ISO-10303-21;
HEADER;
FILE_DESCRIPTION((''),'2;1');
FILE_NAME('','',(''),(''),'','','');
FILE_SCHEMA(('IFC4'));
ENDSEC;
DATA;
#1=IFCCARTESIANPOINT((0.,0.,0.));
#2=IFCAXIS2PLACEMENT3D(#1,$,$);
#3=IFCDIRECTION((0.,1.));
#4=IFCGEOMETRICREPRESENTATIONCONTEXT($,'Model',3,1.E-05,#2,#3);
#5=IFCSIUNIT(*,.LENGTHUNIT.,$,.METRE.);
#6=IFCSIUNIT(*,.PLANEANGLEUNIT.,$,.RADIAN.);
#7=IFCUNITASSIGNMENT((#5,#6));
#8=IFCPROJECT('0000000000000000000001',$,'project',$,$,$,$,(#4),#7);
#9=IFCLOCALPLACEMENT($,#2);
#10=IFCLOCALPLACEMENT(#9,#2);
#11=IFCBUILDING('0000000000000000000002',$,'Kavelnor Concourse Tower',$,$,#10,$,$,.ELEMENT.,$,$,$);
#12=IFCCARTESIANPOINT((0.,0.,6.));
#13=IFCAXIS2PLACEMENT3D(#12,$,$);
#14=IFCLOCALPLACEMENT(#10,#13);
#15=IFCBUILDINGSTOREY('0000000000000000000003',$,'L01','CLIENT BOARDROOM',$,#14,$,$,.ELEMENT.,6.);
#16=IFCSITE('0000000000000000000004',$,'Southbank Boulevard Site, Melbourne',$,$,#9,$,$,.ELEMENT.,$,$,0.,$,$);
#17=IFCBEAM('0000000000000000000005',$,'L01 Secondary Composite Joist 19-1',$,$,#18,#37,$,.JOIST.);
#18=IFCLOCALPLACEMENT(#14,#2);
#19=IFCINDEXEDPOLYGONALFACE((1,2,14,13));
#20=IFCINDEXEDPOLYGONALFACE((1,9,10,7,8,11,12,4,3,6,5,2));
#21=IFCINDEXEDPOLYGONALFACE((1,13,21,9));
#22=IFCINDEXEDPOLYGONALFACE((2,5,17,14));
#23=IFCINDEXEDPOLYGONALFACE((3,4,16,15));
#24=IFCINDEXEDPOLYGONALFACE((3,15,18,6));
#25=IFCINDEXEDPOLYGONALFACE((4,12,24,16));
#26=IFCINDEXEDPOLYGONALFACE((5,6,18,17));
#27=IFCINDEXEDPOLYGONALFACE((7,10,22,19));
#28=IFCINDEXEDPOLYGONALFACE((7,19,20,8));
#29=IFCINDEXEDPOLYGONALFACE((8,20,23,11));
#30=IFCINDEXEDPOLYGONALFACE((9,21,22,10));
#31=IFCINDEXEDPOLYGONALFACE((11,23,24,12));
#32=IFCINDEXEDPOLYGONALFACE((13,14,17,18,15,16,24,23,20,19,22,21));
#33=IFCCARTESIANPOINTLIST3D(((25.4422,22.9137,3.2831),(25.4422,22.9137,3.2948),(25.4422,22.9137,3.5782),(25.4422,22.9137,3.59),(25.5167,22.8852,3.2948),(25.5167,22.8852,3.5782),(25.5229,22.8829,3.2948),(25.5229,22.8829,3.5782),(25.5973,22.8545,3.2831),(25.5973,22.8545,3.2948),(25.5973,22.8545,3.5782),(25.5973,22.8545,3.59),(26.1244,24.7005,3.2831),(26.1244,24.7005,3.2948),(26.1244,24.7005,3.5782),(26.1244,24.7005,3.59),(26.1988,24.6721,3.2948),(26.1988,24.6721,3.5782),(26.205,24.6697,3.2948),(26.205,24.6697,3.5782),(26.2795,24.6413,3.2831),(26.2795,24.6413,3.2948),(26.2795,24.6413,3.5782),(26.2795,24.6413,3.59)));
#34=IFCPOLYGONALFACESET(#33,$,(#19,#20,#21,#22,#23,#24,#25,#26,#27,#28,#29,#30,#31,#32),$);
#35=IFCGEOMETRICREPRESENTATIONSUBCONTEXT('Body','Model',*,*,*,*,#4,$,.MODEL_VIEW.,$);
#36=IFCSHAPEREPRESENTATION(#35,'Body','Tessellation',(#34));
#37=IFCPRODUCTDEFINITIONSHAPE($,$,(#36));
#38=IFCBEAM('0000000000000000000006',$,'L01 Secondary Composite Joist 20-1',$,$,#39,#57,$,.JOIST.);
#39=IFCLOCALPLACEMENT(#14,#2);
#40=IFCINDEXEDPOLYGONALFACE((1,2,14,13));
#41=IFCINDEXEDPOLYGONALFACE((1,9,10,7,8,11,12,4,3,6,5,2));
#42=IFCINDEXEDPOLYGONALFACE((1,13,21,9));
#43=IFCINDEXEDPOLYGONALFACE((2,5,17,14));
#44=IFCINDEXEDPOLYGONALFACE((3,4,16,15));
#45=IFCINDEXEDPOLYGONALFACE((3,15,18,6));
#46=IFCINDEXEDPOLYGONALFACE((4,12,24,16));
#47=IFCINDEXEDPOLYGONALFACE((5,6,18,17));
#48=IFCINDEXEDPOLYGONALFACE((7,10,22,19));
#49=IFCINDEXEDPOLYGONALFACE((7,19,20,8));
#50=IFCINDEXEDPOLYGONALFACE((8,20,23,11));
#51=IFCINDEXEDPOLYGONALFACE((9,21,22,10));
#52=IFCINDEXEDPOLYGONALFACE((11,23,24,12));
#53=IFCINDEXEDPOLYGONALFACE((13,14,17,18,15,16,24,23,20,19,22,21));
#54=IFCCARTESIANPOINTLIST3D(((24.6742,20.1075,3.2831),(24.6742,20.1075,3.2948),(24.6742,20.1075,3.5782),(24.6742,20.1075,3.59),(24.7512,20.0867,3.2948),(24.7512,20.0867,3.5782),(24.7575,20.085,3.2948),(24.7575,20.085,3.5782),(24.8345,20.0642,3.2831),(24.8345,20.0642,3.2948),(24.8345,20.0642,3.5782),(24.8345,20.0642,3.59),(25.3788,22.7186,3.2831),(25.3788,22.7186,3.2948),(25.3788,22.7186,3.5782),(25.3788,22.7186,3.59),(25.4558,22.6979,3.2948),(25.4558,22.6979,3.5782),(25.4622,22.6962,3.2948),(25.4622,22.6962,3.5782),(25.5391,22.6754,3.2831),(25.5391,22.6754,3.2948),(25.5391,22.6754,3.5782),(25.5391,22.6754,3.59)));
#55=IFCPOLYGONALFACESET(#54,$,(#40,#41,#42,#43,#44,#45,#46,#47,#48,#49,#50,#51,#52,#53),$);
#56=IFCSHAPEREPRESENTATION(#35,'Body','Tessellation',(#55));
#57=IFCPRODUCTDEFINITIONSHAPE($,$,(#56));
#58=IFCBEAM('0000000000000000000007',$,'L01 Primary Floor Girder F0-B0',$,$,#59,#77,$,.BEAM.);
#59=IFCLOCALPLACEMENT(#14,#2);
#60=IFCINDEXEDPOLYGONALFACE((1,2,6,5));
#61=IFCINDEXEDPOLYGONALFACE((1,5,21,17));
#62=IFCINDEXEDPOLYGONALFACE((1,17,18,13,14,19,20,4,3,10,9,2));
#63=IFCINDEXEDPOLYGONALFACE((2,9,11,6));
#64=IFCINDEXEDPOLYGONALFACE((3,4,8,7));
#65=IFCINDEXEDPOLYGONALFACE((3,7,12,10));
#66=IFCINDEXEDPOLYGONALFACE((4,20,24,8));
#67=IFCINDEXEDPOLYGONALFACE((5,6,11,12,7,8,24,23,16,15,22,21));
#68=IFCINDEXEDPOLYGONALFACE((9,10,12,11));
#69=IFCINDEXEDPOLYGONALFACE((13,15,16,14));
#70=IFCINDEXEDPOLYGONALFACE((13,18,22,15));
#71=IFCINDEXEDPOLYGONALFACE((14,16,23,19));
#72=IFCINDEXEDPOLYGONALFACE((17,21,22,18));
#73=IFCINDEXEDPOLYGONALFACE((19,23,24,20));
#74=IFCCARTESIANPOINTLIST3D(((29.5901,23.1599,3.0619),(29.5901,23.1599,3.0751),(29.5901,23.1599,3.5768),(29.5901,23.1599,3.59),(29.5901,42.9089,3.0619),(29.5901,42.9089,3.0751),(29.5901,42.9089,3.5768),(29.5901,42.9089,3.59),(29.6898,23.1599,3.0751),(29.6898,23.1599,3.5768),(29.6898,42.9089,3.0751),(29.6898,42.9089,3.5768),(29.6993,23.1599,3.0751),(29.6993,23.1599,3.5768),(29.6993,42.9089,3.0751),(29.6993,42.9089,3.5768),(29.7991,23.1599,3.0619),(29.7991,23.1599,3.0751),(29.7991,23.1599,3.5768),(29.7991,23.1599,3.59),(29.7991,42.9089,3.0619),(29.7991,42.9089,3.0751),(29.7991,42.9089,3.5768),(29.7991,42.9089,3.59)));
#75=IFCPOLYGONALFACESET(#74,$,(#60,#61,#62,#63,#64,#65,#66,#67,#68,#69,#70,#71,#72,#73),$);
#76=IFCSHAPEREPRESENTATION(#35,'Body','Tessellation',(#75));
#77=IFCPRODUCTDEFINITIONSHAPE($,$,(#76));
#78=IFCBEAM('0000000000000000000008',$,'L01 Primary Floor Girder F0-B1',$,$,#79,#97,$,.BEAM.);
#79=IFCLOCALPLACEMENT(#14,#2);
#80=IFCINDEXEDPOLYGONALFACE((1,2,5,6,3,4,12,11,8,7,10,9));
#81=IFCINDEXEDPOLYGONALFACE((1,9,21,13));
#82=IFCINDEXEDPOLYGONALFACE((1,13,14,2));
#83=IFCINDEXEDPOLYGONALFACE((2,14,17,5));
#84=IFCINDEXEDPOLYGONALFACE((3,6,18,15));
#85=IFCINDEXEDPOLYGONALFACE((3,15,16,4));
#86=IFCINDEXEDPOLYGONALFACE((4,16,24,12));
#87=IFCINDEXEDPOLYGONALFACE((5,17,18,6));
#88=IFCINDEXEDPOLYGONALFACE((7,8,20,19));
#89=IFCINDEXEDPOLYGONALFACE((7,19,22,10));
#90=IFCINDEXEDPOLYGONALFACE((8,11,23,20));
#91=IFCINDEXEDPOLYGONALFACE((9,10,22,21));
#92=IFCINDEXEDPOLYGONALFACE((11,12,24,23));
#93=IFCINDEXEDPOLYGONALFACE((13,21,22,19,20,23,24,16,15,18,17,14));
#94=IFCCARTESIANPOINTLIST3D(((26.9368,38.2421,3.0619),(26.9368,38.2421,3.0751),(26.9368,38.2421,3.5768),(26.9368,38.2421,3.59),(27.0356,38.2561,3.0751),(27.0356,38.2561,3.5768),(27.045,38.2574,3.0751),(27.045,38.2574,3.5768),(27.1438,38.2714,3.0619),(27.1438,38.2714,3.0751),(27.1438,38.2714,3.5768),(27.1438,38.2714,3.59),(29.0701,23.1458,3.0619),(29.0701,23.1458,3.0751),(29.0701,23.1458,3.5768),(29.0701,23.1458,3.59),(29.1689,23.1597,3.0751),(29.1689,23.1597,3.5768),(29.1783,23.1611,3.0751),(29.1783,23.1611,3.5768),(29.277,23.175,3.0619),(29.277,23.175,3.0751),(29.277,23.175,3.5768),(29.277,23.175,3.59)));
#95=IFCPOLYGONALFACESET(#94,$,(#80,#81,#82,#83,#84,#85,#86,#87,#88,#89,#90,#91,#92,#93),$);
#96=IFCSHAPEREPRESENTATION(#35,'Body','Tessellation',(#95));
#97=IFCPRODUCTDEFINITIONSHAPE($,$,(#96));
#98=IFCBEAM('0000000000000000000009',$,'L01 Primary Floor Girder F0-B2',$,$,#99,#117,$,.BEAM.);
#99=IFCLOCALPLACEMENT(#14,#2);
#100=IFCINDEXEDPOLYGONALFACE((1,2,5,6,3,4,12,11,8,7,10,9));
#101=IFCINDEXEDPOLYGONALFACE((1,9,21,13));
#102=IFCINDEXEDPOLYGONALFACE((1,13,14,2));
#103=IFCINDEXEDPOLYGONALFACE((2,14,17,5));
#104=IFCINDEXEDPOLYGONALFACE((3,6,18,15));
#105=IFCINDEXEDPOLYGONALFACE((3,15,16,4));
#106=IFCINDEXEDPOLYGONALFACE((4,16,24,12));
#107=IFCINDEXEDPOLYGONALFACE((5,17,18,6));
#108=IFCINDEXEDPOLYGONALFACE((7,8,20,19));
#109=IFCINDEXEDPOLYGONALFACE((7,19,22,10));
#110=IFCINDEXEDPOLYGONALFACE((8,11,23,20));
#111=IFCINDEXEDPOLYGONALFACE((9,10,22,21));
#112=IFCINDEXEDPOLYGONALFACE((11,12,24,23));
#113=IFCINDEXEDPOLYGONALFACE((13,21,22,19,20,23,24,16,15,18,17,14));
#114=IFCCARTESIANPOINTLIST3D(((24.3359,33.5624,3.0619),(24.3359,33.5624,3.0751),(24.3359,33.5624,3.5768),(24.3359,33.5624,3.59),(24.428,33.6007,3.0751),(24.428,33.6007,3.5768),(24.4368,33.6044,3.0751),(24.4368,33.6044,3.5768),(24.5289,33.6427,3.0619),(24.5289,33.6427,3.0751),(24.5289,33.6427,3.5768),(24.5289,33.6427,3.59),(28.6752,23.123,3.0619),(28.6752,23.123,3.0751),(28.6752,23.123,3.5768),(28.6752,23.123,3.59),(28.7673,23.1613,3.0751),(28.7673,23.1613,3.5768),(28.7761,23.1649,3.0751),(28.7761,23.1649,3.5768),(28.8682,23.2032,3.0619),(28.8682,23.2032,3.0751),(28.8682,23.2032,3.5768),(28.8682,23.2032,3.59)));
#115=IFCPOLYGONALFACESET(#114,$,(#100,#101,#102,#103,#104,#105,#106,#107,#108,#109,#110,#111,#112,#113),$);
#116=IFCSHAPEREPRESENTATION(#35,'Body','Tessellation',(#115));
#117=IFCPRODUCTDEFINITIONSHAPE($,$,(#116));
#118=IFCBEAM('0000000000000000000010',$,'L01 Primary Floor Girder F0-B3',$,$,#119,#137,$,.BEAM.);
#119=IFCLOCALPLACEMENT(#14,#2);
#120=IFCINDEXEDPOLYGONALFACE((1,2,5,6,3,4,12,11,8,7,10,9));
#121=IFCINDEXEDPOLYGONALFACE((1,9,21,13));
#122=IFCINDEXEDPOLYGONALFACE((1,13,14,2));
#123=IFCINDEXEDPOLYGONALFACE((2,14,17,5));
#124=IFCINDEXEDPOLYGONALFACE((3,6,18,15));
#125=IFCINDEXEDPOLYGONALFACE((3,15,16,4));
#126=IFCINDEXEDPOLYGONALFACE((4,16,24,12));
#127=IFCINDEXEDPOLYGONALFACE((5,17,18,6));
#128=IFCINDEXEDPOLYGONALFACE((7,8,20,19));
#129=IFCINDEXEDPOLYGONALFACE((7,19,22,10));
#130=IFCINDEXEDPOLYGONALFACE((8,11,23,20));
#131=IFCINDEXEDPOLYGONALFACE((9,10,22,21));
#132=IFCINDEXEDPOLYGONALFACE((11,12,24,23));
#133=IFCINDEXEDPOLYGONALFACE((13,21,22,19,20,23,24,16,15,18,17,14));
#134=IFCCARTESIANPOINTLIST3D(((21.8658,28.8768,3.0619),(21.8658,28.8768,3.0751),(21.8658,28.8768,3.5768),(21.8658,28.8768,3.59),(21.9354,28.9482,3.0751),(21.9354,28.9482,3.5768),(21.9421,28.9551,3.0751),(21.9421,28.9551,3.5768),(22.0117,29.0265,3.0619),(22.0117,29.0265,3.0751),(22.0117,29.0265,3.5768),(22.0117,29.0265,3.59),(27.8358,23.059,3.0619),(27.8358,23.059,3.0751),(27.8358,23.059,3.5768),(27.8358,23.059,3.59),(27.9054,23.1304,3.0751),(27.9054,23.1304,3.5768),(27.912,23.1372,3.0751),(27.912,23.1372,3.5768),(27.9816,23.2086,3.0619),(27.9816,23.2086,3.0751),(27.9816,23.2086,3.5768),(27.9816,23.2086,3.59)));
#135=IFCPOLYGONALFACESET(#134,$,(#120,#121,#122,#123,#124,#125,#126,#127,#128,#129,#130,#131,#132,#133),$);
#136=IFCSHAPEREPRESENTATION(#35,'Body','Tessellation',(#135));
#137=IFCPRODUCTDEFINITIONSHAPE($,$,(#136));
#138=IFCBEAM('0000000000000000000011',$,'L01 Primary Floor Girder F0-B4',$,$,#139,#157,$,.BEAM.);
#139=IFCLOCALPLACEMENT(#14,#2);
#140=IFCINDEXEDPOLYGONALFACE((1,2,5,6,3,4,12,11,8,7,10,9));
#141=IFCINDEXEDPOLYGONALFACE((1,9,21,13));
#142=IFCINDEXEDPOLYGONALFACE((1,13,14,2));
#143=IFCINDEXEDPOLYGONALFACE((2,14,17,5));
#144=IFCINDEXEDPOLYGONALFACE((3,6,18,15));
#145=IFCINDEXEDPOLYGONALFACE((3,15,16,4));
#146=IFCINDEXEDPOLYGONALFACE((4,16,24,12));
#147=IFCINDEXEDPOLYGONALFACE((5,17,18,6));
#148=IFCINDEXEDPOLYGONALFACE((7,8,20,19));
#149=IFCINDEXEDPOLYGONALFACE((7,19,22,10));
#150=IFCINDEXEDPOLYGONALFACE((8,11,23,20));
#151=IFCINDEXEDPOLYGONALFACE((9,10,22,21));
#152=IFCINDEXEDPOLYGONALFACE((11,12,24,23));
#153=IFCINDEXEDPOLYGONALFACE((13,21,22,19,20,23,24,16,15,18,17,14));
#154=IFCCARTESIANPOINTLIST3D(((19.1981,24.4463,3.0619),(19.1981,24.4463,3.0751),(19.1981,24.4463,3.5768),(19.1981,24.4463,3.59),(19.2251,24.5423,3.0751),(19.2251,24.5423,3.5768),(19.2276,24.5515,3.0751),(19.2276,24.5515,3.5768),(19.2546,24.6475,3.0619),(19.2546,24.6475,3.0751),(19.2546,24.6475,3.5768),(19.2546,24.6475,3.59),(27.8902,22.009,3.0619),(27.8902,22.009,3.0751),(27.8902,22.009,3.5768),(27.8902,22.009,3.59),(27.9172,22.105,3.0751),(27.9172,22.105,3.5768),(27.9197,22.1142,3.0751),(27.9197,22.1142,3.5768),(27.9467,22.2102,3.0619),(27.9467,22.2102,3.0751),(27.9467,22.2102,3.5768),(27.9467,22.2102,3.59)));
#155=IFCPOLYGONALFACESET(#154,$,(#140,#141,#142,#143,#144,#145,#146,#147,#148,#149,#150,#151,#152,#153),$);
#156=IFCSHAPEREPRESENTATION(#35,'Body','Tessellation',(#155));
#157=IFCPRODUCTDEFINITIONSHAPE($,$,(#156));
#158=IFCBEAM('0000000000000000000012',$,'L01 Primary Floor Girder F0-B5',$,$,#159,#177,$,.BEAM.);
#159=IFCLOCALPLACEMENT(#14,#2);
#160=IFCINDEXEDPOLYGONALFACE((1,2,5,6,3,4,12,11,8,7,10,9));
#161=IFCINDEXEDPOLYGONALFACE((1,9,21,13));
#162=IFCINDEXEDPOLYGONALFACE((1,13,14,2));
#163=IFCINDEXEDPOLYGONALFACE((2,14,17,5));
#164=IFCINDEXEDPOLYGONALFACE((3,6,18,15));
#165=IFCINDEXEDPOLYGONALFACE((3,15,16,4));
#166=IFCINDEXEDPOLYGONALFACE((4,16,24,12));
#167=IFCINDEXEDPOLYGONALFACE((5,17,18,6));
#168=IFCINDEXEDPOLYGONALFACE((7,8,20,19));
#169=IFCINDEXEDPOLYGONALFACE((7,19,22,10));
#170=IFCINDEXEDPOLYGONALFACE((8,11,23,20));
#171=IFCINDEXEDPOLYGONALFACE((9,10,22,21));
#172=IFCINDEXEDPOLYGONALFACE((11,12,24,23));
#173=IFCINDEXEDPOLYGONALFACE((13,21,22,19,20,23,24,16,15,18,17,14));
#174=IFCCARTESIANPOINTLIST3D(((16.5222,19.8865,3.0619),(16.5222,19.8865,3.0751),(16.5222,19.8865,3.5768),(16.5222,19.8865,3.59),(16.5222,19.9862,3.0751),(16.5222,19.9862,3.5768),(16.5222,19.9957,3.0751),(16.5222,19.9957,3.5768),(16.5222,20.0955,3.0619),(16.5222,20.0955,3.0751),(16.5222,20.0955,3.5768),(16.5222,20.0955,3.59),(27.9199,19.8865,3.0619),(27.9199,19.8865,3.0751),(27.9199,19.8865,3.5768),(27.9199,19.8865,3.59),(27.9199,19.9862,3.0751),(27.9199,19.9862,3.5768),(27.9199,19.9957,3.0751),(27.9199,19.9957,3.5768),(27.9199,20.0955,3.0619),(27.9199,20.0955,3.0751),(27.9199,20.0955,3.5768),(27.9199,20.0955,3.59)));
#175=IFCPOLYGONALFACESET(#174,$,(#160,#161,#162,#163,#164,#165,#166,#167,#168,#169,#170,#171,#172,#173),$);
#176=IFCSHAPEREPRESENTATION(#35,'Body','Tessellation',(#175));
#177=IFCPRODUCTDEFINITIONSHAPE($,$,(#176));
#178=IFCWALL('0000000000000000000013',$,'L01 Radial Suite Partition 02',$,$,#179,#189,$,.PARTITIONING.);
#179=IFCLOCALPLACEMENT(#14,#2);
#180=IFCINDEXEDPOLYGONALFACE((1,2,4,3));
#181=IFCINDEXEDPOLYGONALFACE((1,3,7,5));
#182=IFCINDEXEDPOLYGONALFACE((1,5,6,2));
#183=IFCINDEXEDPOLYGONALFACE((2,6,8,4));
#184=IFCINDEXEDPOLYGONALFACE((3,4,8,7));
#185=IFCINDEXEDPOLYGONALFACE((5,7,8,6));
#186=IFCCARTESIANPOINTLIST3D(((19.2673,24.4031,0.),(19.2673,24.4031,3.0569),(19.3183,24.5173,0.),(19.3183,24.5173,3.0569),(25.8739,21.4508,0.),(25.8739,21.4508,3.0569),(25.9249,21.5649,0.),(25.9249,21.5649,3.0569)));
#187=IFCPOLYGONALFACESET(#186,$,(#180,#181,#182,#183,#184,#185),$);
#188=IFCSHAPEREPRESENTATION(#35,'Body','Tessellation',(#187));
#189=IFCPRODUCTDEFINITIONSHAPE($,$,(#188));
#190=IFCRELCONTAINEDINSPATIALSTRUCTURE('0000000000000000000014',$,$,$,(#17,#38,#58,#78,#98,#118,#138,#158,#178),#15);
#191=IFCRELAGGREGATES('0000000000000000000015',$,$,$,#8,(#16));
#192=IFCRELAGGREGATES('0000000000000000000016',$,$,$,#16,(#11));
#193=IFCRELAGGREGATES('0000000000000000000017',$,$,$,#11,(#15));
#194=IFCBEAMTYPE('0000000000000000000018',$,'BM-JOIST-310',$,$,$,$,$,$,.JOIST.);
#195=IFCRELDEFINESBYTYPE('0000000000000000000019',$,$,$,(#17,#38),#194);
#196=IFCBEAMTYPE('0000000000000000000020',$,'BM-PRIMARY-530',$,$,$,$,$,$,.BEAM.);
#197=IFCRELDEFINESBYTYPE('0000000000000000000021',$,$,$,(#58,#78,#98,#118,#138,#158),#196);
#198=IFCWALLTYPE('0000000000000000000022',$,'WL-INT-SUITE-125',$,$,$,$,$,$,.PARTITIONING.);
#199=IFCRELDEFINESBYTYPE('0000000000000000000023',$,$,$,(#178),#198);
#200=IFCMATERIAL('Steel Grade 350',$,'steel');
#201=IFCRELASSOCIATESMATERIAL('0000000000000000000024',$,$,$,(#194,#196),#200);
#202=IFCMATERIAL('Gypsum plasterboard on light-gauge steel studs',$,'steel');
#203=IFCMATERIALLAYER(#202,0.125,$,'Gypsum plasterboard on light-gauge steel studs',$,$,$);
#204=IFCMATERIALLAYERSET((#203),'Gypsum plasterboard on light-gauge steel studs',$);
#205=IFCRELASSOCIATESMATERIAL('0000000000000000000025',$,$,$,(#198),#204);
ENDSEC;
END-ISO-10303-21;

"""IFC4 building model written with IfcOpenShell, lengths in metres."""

from ifc_helpers import new_model, si_unit, direction, frame, frame_2d, origin, origin_2d, place, context, subcontext, project, spatial, rectangle, i_section, extrude, material, layer, layer_set, material_profile, profile_set, type_object, element, save


model = new_model("IFC4")

# Units and contexts
model_context = context("Model", 3, precision=1e-05, world=origin(), true_north=direction((0.0, 1.0)))
body_context = subcontext(model_context, "Body", "Model", "MODEL_VIEW")
ifc_project = project(units=[si_unit("LENGTHUNIT", "METRE"), si_unit("PLANEANGLEUNIT", "RADIAN")], contexts=[model_context])

# Site, building, storey
site_placement = place(None, origin())
site = spatial("IfcSite", under=ifc_project, at=site_placement, Name="Southbank Boulevard Site, Melbourne", CompositionType="ELEMENT", RefElevation=0.0)
building_placement = place(site_placement, origin())
building = spatial("IfcBuilding", under=site, at=building_placement, Name="Kavelnor Concourse Tower", CompositionType="ELEMENT")
storey_placement = place(building_placement, frame((0.0, 0.0, 6.0)))
storey = spatial("IfcBuildingStorey", under=building, at=storey_placement, Name="L01", Description="CLIENT BOARDROOM", CompositionType="ELEMENT", Elevation=6.0)

# Beams
ifc_material_1 = material(Name="Steel Grade 350", Category="steel")
ifc_material_profile_1 = material_profile(ifc_material_1, i_section(OverallWidth=0.166, OverallDepth=0.3069, WebThickness=0.0066, FlangeThickness=0.0117, at=origin_2d()), Name="310UB46")
ifc_profile_set_1 = profile_set([ifc_material_profile_1], Name="Steel Grade 350")
beam_type_1 = type_object("IfcBeamType", Name="BM-JOIST-310", PredefinedType="JOIST", material=ifc_profile_set_1)
beam_1_placement = place(storey_placement, frame((26.2019, 24.6709, 3.4365), z_axis=(-0.356643, -0.934241, 0.0), x_axis=(0.934241, -0.356643, 0.0)))
element("IfcBeam", 1, at=beam_1_placement, inside=storey, type_object=beam_type_1, Name="L01 Secondary Composite Joist 19-1", PredefinedType="JOIST", context=body_context, shape_type="SweptSolid", body=[
    extrude(i_section(OverallWidth=0.166, OverallDepth=0.3069, WebThickness=0.0066, FlangeThickness=0.0117, at=origin_2d()), origin(), (0.0, 0.0, 1.0), 1.9126),
])
beam_2_placement = place(storey_placement, frame((25.459, 22.697, 3.4365), z_axis=(-0.260527, -0.965467, 0.0), x_axis=(0.965467, -0.260527, 0.0)))
element("IfcBeam", 2, at=beam_2_placement, inside=storey, type_object=beam_type_1, Name="L01 Secondary Composite Joist 20-1", PredefinedType="JOIST", context=body_context, shape_type="SweptSolid", body=[
    extrude(i_section(OverallWidth=0.166, OverallDepth=0.3069, WebThickness=0.0066, FlangeThickness=0.0117, at=origin_2d()), origin(), (0.0, 0.0, 1.0), 2.7046),
])
ifc_material_profile_2 = material_profile(ifc_material_1, i_section(OverallWidth=0.209, OverallDepth=0.5281, WebThickness=0.0095, FlangeThickness=0.0132, at=origin_2d()), Name="530UB82")
ifc_profile_set_2 = profile_set([ifc_material_profile_2], Name="Steel Grade 350")
beam_type_2 = type_object("IfcBeamType", Name="BM-PRIMARY-530", PredefinedType="BEAM", material=ifc_profile_set_2)
beam_3_placement = place(storey_placement, frame((29.6946, 23.1599, 3.3259), z_axis=(0.0, 1.0, 0.0), x_axis=(-1.0, 0.0, 0.0)))
element("IfcBeam", 3, at=beam_3_placement, inside=storey, type_object=beam_type_2, Name="L01 Primary Floor Girder F0-B0", PredefinedType="BEAM", context=body_context, shape_type="SweptSolid", body=[
    extrude(i_section(OverallWidth=0.209, OverallDepth=0.5281, WebThickness=0.0095, FlangeThickness=0.0132, at=origin_2d()), origin(), (0.0, 0.0, 1.0), 19.749),
])
beam_4_placement = place(storey_placement, frame((29.1736, 23.1604, 3.3259), z_axis=(-0.139921, 0.990163, 0.0), x_axis=(-0.990163, -0.139921, 0.0)))
element("IfcBeam", 4, at=beam_4_placement, inside=storey, type_object=beam_type_2, Name="L01 Primary Floor Girder F0-B1", PredefinedType="BEAM", context=body_context, shape_type="SweptSolid", body=[
    extrude(i_section(OverallWidth=0.209, OverallDepth=0.5281, WebThickness=0.0095, FlangeThickness=0.0132, at=origin_2d()), origin(), (0.0, 0.0, 1.0), 15.2463),
])
beam_5_placement = place(storey_placement, frame((28.7717, 23.1631, 3.3259), z_axis=(-0.38383, 0.923404, 0.0), x_axis=(-0.923404, -0.38383, 0.0)))
element("IfcBeam", 5, at=beam_5_placement, inside=storey, type_object=beam_type_2, Name="L01 Primary Floor Girder F0-B2", PredefinedType="BEAM", context=body_context, shape_type="SweptSolid", body=[
    extrude(i_section(OverallWidth=0.209, OverallDepth=0.5281, WebThickness=0.0095, FlangeThickness=0.0132, at=origin_2d()), origin(), (0.0, 0.0, 1.0), 11.3054),
])
beam_6_placement = place(storey_placement, frame((27.9087, 23.1338, 3.3259), z_axis=(-0.716171, 0.697925, 0.0), x_axis=(-0.697925, -0.716171, 0.0)))
element("IfcBeam", 6, at=beam_6_placement, inside=storey, type_object=beam_type_2, Name="L01 Primary Floor Girder F0-B3", PredefinedType="BEAM", context=body_context, shape_type="SweptSolid", body=[
    extrude(i_section(OverallWidth=0.209, OverallDepth=0.5281, WebThickness=0.0095, FlangeThickness=0.0132, at=origin_2d()), origin(), (0.0, 0.0, 1.0), 8.3359),
])
beam_7_placement = place(storey_placement, frame((27.9185, 22.1096, 3.3259), z_axis=(-0.962865, 0.269985, 0.0), x_axis=(-0.269985, -0.962865, 0.0)))
element("IfcBeam", 7, at=beam_7_placement, inside=storey, type_object=beam_type_2, Name="L01 Primary Floor Girder F0-B4", PredefinedType="BEAM", context=body_context, shape_type="SweptSolid", body=[
    extrude(i_section(OverallWidth=0.209, OverallDepth=0.5281, WebThickness=0.0095, FlangeThickness=0.0132, at=origin_2d()), origin(), (0.0, 0.0, 1.0), 9.0273),
])
beam_8_placement = place(storey_placement, frame((27.9199, 19.991, 3.3259), z_axis=(-1.0, 0.0, 0.0), x_axis=(0.0, -1.0, 0.0)))
element("IfcBeam", 8, at=beam_8_placement, inside=storey, type_object=beam_type_2, Name="L01 Primary Floor Girder F0-B5", PredefinedType="BEAM", context=body_context, shape_type="SweptSolid", body=[
    extrude(i_section(OverallWidth=0.209, OverallDepth=0.5281, WebThickness=0.0095, FlangeThickness=0.0132, at=origin_2d()), origin(), (0.0, 0.0, 1.0), 11.3977),
])

# Wall
ifc_material_2 = material(Name="Gypsum plasterboard on light-gauge steel studs", Category="steel")
ifc_layer_1 = layer(ifc_material_2, 0.125, Name="Gypsum plasterboard on light-gauge steel studs")
ifc_layer_set_1 = layer_set([ifc_layer_1], Name="Gypsum plasterboard on light-gauge steel studs")
wall_type_1 = type_object("IfcWallType", Name="WL-INT-SUITE-125", PredefinedType="PARTITIONING", material=ifc_layer_set_1)
wall_1_placement = place(storey_placement, frame((25.8994, 21.5078, 0.0), z_axis=(0.0, 0.0, 1.0), x_axis=(-0.912985, 0.407994, 0.0)))
element("IfcWall", 9, at=wall_1_placement, inside=storey, type_object=wall_type_1, Name="L01 Radial Suite Partition 02", PredefinedType="PARTITIONING", context=body_context, shape_type="SweptSolid", body=[
    extrude(rectangle(XDim=7.2363, YDim=0.125, at=frame_2d((3.6182, 0.0))), origin(), (0.0, 0.0, 1.0), 3.0569),
])

save(model, "model.ifc")
